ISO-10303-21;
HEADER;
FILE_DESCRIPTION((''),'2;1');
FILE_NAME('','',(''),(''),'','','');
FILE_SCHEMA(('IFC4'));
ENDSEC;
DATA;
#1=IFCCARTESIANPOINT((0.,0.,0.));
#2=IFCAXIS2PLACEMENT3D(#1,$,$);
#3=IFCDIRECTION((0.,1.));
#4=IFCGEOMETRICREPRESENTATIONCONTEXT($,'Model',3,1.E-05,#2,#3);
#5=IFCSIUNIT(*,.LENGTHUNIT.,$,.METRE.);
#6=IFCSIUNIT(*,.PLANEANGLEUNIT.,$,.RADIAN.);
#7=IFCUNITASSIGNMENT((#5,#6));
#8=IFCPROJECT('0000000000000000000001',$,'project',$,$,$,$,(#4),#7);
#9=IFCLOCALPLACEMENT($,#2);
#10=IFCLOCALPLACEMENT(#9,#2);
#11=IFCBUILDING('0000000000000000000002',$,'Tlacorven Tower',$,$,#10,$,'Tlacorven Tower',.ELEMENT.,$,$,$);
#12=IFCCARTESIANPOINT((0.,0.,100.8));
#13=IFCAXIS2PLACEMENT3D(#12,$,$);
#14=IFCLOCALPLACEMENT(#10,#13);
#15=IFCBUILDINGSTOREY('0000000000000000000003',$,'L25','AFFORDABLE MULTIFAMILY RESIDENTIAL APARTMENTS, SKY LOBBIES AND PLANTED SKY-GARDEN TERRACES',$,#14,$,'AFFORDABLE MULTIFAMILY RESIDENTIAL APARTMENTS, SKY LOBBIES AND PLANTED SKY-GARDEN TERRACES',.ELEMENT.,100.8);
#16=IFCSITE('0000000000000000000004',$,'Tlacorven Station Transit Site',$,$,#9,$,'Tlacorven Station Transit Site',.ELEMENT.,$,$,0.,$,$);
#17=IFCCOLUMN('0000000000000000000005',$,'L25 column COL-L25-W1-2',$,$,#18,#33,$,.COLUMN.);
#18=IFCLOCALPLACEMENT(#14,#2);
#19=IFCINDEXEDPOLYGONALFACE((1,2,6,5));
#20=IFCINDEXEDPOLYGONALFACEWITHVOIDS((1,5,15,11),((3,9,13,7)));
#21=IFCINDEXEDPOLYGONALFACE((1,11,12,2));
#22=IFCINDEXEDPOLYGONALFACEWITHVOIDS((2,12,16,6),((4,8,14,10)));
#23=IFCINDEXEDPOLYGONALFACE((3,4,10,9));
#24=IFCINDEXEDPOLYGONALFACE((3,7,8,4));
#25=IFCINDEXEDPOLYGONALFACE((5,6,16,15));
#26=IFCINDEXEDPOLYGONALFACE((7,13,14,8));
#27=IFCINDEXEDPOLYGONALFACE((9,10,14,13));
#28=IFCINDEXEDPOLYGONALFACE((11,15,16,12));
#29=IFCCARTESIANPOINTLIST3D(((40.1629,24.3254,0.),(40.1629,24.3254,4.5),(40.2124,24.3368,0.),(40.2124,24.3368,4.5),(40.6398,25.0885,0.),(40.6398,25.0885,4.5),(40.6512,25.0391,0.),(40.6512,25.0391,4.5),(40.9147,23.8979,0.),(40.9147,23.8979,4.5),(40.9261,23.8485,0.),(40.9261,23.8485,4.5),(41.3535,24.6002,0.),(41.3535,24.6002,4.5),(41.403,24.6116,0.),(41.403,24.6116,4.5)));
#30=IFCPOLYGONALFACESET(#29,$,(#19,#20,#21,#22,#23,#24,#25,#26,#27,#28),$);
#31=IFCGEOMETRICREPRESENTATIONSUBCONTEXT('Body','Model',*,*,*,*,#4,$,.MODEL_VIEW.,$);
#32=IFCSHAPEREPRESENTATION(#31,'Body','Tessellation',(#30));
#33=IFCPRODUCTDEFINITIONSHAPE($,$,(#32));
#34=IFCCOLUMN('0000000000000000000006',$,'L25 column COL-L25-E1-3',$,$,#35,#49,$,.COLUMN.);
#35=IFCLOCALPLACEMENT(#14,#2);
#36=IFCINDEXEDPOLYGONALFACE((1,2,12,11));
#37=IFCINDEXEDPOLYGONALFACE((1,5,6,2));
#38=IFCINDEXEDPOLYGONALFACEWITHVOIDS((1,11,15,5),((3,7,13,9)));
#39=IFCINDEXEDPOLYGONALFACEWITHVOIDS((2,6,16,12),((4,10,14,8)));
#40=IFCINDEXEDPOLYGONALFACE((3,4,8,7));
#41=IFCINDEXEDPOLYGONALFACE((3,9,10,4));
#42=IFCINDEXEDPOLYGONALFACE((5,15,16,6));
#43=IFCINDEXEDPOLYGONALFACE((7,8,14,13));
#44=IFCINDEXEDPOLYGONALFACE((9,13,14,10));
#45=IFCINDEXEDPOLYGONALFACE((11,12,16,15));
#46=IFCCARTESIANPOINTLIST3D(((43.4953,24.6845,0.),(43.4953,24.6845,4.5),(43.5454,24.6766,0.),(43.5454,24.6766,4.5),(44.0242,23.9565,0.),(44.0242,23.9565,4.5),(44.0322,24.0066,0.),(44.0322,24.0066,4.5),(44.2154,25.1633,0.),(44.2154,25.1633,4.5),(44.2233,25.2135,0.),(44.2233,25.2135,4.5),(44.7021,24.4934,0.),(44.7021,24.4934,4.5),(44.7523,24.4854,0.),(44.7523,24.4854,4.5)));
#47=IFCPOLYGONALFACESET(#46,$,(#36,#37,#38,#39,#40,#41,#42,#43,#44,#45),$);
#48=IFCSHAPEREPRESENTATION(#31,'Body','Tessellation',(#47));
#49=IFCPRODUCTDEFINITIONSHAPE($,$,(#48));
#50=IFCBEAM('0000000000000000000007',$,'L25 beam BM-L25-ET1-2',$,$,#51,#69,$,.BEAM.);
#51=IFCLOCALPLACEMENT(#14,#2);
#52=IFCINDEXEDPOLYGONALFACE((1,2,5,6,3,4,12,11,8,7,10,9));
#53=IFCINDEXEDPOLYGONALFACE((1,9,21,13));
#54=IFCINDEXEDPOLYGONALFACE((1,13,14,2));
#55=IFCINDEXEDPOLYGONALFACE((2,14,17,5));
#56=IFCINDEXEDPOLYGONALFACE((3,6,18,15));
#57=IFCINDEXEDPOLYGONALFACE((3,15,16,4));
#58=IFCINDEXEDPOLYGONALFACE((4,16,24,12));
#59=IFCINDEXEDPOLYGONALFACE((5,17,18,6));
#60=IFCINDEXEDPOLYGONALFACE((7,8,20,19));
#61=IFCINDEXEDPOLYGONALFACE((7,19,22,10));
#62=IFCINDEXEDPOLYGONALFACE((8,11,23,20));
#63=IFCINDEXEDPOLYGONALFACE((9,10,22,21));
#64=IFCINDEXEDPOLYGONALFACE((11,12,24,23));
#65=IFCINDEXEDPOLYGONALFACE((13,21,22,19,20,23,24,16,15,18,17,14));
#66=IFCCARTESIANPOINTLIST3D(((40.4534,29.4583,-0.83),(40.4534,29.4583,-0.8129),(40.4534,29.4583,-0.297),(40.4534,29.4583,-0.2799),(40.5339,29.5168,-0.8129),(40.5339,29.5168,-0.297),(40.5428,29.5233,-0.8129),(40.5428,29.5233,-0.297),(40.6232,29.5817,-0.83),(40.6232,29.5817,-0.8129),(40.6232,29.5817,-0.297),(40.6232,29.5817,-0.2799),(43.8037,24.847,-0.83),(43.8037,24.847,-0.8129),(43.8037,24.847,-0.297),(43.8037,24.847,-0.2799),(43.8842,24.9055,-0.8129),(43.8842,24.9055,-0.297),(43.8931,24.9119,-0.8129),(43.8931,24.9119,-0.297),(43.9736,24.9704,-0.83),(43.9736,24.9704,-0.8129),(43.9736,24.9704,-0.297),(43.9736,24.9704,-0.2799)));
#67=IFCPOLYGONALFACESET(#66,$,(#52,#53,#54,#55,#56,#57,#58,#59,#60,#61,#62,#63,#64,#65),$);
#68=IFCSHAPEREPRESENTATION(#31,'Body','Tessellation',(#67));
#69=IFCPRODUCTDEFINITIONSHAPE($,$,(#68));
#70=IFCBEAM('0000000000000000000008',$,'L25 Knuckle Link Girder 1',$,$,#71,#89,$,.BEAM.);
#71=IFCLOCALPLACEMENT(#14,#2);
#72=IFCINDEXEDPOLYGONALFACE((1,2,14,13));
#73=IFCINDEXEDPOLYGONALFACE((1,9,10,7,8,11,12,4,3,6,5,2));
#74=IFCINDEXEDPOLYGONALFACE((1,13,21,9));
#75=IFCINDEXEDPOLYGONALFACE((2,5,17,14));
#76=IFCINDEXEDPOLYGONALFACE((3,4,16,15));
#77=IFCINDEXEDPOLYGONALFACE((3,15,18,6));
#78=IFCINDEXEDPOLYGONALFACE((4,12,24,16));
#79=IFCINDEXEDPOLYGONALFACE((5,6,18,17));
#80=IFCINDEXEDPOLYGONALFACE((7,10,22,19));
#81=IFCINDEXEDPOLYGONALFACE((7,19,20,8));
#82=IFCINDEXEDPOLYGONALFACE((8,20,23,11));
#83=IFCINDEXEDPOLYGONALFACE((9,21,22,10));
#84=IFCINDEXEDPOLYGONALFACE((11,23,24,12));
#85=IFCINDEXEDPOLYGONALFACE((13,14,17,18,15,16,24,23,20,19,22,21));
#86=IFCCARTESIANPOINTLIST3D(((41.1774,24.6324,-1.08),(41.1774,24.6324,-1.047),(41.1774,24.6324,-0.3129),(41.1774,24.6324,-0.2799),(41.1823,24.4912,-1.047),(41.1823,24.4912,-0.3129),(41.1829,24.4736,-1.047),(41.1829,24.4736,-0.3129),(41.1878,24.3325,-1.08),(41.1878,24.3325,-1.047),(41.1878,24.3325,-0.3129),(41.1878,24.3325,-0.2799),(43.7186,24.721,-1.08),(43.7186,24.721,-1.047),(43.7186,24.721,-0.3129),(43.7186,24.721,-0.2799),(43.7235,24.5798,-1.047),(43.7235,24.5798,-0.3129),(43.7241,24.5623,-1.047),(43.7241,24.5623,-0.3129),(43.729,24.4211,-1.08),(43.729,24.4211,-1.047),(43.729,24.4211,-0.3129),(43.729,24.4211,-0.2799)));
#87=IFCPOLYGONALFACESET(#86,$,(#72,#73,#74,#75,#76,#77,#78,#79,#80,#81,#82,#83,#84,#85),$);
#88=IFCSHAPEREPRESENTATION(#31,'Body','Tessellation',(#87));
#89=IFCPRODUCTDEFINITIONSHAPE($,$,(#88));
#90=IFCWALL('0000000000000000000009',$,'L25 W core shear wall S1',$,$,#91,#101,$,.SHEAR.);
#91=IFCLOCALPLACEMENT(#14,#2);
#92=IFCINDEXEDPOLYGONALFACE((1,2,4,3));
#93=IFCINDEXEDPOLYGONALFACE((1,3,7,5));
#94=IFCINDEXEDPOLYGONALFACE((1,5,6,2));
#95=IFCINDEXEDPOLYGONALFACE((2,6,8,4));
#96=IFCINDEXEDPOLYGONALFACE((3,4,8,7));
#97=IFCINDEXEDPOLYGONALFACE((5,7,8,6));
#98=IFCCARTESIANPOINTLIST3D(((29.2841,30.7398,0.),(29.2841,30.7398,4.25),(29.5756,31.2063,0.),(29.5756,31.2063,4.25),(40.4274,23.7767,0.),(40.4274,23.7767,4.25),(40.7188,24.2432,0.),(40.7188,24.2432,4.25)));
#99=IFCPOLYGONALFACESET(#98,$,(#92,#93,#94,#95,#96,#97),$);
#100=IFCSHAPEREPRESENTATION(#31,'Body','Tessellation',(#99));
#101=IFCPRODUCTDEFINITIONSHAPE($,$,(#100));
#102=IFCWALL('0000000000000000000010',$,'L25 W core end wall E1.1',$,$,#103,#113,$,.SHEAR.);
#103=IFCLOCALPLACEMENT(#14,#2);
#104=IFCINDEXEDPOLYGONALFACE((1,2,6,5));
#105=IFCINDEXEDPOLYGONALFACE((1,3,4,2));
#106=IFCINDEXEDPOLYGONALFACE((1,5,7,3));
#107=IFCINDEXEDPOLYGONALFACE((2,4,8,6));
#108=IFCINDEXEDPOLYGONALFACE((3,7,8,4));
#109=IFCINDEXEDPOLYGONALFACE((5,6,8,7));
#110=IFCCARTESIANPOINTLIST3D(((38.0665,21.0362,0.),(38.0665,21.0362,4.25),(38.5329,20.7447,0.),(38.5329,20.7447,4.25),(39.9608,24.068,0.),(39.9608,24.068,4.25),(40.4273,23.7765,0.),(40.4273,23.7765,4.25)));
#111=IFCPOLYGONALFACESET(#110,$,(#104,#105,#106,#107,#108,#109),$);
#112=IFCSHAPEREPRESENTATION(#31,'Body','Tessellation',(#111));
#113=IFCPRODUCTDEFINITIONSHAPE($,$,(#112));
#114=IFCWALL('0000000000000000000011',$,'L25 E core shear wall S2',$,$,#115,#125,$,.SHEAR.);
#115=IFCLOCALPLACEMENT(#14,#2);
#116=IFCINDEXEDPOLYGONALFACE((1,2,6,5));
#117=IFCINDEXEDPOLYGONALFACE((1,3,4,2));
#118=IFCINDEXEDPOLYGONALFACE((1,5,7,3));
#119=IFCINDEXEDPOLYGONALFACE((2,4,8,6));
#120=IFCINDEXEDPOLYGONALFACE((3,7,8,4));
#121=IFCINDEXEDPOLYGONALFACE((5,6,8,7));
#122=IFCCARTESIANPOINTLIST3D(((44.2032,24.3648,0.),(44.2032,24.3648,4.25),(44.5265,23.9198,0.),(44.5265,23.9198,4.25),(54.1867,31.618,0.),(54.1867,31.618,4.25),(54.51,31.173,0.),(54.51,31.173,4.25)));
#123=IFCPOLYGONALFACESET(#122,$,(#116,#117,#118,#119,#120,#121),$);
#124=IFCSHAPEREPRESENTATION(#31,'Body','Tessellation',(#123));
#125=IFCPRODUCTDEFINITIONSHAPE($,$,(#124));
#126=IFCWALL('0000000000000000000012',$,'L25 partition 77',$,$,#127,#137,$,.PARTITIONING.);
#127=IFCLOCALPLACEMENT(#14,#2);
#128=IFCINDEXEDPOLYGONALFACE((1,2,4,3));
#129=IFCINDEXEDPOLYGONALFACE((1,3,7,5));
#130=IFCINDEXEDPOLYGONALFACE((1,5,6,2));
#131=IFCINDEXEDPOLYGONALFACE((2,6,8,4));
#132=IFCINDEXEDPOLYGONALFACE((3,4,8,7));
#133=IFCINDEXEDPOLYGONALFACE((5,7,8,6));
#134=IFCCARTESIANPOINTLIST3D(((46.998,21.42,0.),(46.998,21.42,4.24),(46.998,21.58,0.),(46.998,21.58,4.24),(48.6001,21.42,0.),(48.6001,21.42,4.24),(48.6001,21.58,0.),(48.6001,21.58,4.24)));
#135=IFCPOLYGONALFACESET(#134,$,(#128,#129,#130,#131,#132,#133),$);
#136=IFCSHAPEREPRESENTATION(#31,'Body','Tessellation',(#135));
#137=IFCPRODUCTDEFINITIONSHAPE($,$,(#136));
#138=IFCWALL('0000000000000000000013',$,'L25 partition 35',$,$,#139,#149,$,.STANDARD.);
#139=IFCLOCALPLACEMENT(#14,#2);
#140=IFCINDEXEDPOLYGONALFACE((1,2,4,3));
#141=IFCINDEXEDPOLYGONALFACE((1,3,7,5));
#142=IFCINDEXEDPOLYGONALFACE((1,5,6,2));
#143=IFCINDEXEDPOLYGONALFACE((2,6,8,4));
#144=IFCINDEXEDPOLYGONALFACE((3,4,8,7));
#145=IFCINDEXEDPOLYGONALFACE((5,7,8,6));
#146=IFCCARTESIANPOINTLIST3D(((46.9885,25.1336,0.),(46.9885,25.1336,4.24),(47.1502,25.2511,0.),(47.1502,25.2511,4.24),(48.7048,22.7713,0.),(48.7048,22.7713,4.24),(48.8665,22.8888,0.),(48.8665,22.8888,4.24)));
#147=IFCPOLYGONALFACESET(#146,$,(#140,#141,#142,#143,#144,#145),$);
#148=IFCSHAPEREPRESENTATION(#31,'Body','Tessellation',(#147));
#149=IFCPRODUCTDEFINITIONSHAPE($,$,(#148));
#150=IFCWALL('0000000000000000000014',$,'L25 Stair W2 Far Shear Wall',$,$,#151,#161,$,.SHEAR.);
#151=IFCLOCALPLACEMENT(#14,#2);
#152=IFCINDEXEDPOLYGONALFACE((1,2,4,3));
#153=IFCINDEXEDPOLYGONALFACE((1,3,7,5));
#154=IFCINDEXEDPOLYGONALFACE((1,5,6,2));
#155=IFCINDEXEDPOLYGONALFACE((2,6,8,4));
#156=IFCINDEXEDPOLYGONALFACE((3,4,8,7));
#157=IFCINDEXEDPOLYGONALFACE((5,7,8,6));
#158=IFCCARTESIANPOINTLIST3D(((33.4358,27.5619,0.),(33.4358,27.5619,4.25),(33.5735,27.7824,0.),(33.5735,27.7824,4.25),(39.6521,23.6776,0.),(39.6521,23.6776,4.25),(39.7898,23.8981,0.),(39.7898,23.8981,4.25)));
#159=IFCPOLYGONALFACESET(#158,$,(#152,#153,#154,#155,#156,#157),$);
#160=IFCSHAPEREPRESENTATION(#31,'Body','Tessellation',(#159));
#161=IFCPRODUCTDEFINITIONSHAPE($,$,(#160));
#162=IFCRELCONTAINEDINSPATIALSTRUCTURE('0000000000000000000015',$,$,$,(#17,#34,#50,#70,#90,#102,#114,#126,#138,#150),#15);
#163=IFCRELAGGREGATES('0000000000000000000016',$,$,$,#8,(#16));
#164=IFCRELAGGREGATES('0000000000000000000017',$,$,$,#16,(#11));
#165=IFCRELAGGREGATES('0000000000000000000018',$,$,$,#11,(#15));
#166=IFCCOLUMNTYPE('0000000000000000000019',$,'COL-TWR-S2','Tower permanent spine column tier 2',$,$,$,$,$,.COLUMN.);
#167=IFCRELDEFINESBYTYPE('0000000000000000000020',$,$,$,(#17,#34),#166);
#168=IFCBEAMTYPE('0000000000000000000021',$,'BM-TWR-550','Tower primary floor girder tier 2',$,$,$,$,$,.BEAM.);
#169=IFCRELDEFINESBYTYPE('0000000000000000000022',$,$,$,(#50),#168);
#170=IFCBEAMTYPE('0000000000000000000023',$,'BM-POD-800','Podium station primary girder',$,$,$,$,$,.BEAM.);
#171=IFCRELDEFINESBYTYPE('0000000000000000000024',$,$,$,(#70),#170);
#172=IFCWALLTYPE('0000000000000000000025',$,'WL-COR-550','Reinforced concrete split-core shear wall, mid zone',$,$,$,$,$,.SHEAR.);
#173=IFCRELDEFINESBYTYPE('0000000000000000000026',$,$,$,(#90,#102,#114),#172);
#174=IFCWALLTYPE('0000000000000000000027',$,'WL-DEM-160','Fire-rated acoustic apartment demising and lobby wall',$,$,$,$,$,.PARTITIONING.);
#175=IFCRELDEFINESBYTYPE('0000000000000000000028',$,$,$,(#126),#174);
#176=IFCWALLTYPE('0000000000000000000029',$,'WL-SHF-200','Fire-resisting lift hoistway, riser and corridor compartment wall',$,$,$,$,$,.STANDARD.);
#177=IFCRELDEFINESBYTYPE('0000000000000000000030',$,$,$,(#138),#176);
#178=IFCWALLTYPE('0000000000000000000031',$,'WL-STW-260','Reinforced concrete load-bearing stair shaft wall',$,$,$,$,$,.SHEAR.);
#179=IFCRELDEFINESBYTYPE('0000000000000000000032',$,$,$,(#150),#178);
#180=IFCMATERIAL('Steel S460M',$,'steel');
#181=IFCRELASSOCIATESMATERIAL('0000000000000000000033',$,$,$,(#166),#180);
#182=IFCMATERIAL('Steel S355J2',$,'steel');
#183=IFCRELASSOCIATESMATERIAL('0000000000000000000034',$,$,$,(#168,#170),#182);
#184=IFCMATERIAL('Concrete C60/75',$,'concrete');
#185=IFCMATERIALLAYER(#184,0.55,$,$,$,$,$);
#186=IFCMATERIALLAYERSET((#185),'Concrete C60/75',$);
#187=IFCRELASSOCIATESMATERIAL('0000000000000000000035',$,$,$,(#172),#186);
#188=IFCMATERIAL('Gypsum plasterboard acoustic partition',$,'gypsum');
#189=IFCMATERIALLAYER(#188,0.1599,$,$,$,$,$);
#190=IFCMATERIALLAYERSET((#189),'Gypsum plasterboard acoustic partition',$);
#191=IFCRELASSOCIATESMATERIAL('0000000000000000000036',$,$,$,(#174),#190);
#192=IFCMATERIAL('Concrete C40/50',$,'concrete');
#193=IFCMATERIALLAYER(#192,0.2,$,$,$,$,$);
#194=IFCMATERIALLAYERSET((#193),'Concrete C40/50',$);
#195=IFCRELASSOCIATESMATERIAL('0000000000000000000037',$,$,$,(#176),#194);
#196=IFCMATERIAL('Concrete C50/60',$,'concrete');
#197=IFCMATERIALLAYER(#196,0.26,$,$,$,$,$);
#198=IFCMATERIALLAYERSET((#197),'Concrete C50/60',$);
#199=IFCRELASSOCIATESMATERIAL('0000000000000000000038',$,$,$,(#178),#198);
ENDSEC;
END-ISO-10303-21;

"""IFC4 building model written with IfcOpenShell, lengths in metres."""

from ifc_helpers import new_model, si_unit, direction, frame, frame_2d, origin, origin_2d, place, context, subcontext, project, spatial, rectangle, hollow_rectangle, i_section, extrude, source, transform, mapped, material, layer, layer_set, material_profile, profile_set, type_object, element, save


model = new_model("IFC4")

# Units and contexts
model_context = context("Model", 3, precision=1e-05, world=origin(), true_north=direction((0.0, 1.0)))
body_context = subcontext(model_context, "Body", "Model", "MODEL_VIEW")
ifc_project = project(units=[si_unit("LENGTHUNIT", "METRE"), si_unit("PLANEANGLEUNIT", "RADIAN")], contexts=[model_context])

# Site, building, storey
site_placement = place(None, origin())
site = spatial("IfcSite", under=ifc_project, at=site_placement, Name="Tlacorven Station Transit Site", LongName="Tlacorven Station Transit Site", CompositionType="ELEMENT", RefElevation=0.0)
building_placement = place(site_placement, origin())
building = spatial("IfcBuilding", under=site, at=building_placement, Name="Tlacorven Tower", LongName="Tlacorven Tower", CompositionType="ELEMENT")
storey_placement = place(building_placement, frame((0.0, 0.0, 100.8)))
storey = spatial("IfcBuildingStorey", under=building, at=storey_placement, Name="L25", Description="AFFORDABLE MULTIFAMILY RESIDENTIAL APARTMENTS, SKY LOBBIES AND PLANTED SKY-GARDEN TERRACES", LongName="AFFORDABLE MULTIFAMILY RESIDENTIAL APARTMENTS, SKY LOBBIES AND PLANTED SKY-GARDEN TERRACES", CompositionType="ELEMENT", Elevation=100.8)

# Columns
ifc_material_1 = material(Name="Steel S460M", Category="steel")
ifc_material_profile_1 = material_profile(ifc_material_1, hollow_rectangle(XDim=0.8999, YDim=0.8999, WallThickness=0.0359, at=origin_2d()), Name="BOX 900X900X36")
ifc_profile_set_1 = profile_set([ifc_material_profile_1], Name="Steel S460M")
column_type = type_object("IfcColumnType", Name="COL-TWR-S2", Description="Tower permanent spine column tier 2", PredefinedType="COLUMN", material=ifc_profile_set_1)
shared_shape_1 = source(origin(), body_context, "Body", "SweptSolid", [
    extrude(hollow_rectangle(XDim=0.8999, YDim=0.8999, WallThickness=0.0359, at=origin_2d()), origin(), (0.0, 0.0, 1.0), 4.5),
])
for number, where, z_axis, x_axis, name in (
    (1, (40.783, 24.4685, 0.0), (0.0, 0.0, 1.0), (-0.848048, 0.529919, 0.0), "L25 column COL-L25-W1-2"),
    (2, (44.1238, 24.585, 0.0), (0.0, 0.0, 1.0), (0.809017, 0.587785, 0.0), "L25 column COL-L25-E1-3"),
):
    element("IfcColumn", number, at=place(storey_placement, frame(where, z_axis=z_axis, x_axis=x_axis)), inside=storey, type_object=column_type, Name=name, PredefinedType="COLUMN", context=body_context, shape_type="MappedRepresentation", body=[
        mapped(shared_shape_1, transform((0.0, 0.0, 0.0), scale=1.0)),
    ])

# Beams
ifc_material_2 = material(Name="Steel S355J2", Category="steel")
ifc_material_profile_2 = material_profile(ifc_material_2, i_section(OverallWidth=0.21, OverallDepth=0.55, WebThickness=0.011, FlangeThickness=0.0171, at=origin_2d()), Name="IPE 550")
ifc_profile_set_2 = profile_set([ifc_material_profile_2], Name="Steel S355J2")
beam_type_1 = type_object("IfcBeamType", Name="BM-TWR-550", Description="Tower primary floor girder tier 2", PredefinedType="BEAM", material=ifc_profile_set_2)
shared_shape_2 = source(origin(), body_context, "Body", "SweptSolid", [
    extrude(i_section(OverallWidth=0.21, OverallDepth=0.55, WebThickness=0.011, FlangeThickness=0.0171, at=origin_2d()), origin(), (0.0, 0.0, 1.0), 5.7),
])
beam_1_placement = place(storey_placement, frame((43.8887, 24.9087, -0.5549), z_axis=(-0.587787, 0.809016, 0.0), x_axis=(-0.809016, -0.587787, 0.0)))
element("IfcBeam", 3, at=beam_1_placement, inside=storey, type_object=beam_type_1, Name="L25 beam BM-L25-ET1-2", PredefinedType="BEAM", context=body_context, shape_type="MappedRepresentation", body=[
    mapped(shared_shape_2, transform((0.0, 0.0, 0.0), scale=1.0)),
])
ifc_material_profile_3 = material_profile(ifc_material_2, i_section(OverallWidth=0.3, OverallDepth=0.8, WebThickness=0.0176, FlangeThickness=0.033, at=origin_2d()), Name="HEB 800")
ifc_profile_set_3 = profile_set([ifc_material_profile_3], Name="Steel S355J2")
beam_type_2 = type_object("IfcBeamType", Name="BM-POD-800", Description="Podium station primary girder", PredefinedType="BEAM", material=ifc_profile_set_3)
shared_shape_3 = source(origin(), body_context, "Body", "SweptSolid", [
    extrude(i_section(OverallWidth=0.3, OverallDepth=0.8, WebThickness=0.0176, FlangeThickness=0.033, at=origin_2d()), origin(), (0.0, 0.0, 1.0), 2.5427),
])
beam_2_placement = place(storey_placement, frame((41.1826, 24.4824, -0.6799), z_axis=(0.999392, 0.034852, 0.0), x_axis=(-0.034852, 0.999392, 0.0)))
element("IfcBeam", 4, at=beam_2_placement, inside=storey, type_object=beam_type_2, Name="L25 Knuckle Link Girder 1", PredefinedType="BEAM", context=body_context, shape_type="MappedRepresentation", body=[
    mapped(shared_shape_3, transform((0.0, 0.0, 0.0), scale=1.0)),
])

# Walls
ifc_material_3 = material(Name="Concrete C60/75", Category="concrete")
ifc_layer_1 = layer(ifc_material_3, 0.55)
ifc_layer_set_1 = layer_set([ifc_layer_1], Name="Concrete C60/75")
wall_type_1 = type_object("IfcWallType", Name="WL-COR-550", Description="Reinforced concrete split-core shear wall, mid zone", PredefinedType="SHEAR", material=ifc_layer_set_1)
wall_1_placement = place(storey_placement, frame((40.573, 24.01, 0.0), z_axis=(0.0, 0.0, 1.0), x_axis=(-0.848047, 0.52992, 0.0)))
element("IfcWall", 5, at=wall_1_placement, inside=storey, type_object=wall_type_1, Name="L25 W core shear wall S1", PredefinedType="SHEAR", context=body_context, shape_type="SweptSolid", body=[
    extrude(rectangle(XDim=13.1399, YDim=0.55, at=frame_2d((6.5698, 0.0))), origin(), (0.0, 0.0, 1.0), 4.25),
])
wall_2_placement = place(storey_placement, frame((40.1941, 23.9224, 0.0), z_axis=(0.0, 0.0, 1.0), x_axis=(-0.529888, -0.848067, 0.0)))
element("IfcWall", 6, at=wall_2_placement, inside=storey, type_object=wall_type_1, Name="L25 W core end wall E1.1", PredefinedType="SHEAR", context=body_context, shape_type="SweptSolid", body=[
    extrude(rectangle(XDim=3.575, YDim=0.55, at=frame_2d((1.7876, 0.0))), origin(), (0.0, 0.0, 1.0), 4.25),
])
wall_3_placement = place(storey_placement, frame((44.365, 24.1423, 0.0), z_axis=(0.0, 0.0, 1.0), x_axis=(0.809024, 0.587775, 0.0)))
element("IfcWall", 7, at=wall_3_placement, inside=storey, type_object=wall_type_1, Name="L25 E core shear wall S2", PredefinedType="SHEAR", context=body_context, shape_type="SweptSolid", body=[
    extrude(rectangle(XDim=12.3401, YDim=0.55, at=frame_2d((6.1699, 0.0))), origin(), (0.0, 0.0, 1.0), 4.25),
])
ifc_material_4 = material(Name="Gypsum plasterboard acoustic partition", Category="gypsum")
ifc_layer_2 = layer(ifc_material_4, 0.1599)
ifc_layer_set_2 = layer_set([ifc_layer_2], Name="Gypsum plasterboard acoustic partition")
wall_type_2 = type_object("IfcWallType", Name="WL-DEM-160", Description="Fire-rated acoustic apartment demising and lobby wall", PredefinedType="PARTITIONING", material=ifc_layer_set_2)
wall_4_placement = place(storey_placement, frame((46.998, 21.5, 0.0), z_axis=(0.0, 0.0, 1.0), x_axis=(1.0, 0.0, 0.0)))
element("IfcWall", 8, at=wall_4_placement, inside=storey, type_object=wall_type_2, Name="L25 partition 77", PredefinedType="PARTITIONING", context=body_context, shape_type="SweptSolid", body=[
    extrude(rectangle(XDim=1.6021, YDim=0.1599, at=frame_2d((0.801, 0.0))), origin(), (0.0, 0.0, 1.0), 4.24),
])
ifc_material_5 = material(Name="Concrete C40/50", Category="concrete")
ifc_layer_3 = layer(ifc_material_5, 0.2)
ifc_layer_set_3 = layer_set([ifc_layer_3], Name="Concrete C40/50")
wall_type_3 = type_object("IfcWallType", Name="WL-SHF-200", Description="Fire-resisting lift hoistway, riser and corridor compartment wall", PredefinedType="STANDARD", material=ifc_layer_set_3)
wall_5_placement = place(storey_placement, frame((48.7856, 22.8301, 0.0), z_axis=(0.0, 0.0, 1.0), x_axis=(-0.587784, 0.809018, 0.0)))
element("IfcWall", 9, at=wall_5_placement, inside=storey, type_object=wall_type_3, Name="L25 partition 35", PredefinedType="STANDARD", context=body_context, shape_type="SweptSolid", body=[
    extrude(rectangle(XDim=2.9199, YDim=0.2, at=frame_2d((1.46, 0.0))), origin(), (0.0, 0.0, 1.0), 4.24),
])
ifc_material_6 = material(Name="Concrete C50/60", Category="concrete")
ifc_layer_4 = layer(ifc_material_6, 0.26)
ifc_layer_set_4 = layer_set([ifc_layer_4], Name="Concrete C50/60")
wall_type_4 = type_object("IfcWallType", Name="WL-STW-260", Description="Reinforced concrete load-bearing stair shaft wall", PredefinedType="SHEAR", material=ifc_layer_set_4)
wall_6_placement = place(storey_placement, frame((39.7209, 23.7878, 0.0), z_axis=(0.0, 0.0, 1.0), x_axis=(-0.848054, 0.529909, 0.0)))
element("IfcWall", 10, at=wall_6_placement, inside=storey, type_object=wall_type_4, Name="L25 Stair W2 Far Shear Wall", PredefinedType="SHEAR", context=body_context, shape_type="SweptSolid", body=[
    extrude(rectangle(XDim=7.3301, YDim=0.26, at=frame_2d((3.665, 0.0))), origin(), (0.0, 0.0, 1.0), 4.25),
])

save(model, "model.ifc")
